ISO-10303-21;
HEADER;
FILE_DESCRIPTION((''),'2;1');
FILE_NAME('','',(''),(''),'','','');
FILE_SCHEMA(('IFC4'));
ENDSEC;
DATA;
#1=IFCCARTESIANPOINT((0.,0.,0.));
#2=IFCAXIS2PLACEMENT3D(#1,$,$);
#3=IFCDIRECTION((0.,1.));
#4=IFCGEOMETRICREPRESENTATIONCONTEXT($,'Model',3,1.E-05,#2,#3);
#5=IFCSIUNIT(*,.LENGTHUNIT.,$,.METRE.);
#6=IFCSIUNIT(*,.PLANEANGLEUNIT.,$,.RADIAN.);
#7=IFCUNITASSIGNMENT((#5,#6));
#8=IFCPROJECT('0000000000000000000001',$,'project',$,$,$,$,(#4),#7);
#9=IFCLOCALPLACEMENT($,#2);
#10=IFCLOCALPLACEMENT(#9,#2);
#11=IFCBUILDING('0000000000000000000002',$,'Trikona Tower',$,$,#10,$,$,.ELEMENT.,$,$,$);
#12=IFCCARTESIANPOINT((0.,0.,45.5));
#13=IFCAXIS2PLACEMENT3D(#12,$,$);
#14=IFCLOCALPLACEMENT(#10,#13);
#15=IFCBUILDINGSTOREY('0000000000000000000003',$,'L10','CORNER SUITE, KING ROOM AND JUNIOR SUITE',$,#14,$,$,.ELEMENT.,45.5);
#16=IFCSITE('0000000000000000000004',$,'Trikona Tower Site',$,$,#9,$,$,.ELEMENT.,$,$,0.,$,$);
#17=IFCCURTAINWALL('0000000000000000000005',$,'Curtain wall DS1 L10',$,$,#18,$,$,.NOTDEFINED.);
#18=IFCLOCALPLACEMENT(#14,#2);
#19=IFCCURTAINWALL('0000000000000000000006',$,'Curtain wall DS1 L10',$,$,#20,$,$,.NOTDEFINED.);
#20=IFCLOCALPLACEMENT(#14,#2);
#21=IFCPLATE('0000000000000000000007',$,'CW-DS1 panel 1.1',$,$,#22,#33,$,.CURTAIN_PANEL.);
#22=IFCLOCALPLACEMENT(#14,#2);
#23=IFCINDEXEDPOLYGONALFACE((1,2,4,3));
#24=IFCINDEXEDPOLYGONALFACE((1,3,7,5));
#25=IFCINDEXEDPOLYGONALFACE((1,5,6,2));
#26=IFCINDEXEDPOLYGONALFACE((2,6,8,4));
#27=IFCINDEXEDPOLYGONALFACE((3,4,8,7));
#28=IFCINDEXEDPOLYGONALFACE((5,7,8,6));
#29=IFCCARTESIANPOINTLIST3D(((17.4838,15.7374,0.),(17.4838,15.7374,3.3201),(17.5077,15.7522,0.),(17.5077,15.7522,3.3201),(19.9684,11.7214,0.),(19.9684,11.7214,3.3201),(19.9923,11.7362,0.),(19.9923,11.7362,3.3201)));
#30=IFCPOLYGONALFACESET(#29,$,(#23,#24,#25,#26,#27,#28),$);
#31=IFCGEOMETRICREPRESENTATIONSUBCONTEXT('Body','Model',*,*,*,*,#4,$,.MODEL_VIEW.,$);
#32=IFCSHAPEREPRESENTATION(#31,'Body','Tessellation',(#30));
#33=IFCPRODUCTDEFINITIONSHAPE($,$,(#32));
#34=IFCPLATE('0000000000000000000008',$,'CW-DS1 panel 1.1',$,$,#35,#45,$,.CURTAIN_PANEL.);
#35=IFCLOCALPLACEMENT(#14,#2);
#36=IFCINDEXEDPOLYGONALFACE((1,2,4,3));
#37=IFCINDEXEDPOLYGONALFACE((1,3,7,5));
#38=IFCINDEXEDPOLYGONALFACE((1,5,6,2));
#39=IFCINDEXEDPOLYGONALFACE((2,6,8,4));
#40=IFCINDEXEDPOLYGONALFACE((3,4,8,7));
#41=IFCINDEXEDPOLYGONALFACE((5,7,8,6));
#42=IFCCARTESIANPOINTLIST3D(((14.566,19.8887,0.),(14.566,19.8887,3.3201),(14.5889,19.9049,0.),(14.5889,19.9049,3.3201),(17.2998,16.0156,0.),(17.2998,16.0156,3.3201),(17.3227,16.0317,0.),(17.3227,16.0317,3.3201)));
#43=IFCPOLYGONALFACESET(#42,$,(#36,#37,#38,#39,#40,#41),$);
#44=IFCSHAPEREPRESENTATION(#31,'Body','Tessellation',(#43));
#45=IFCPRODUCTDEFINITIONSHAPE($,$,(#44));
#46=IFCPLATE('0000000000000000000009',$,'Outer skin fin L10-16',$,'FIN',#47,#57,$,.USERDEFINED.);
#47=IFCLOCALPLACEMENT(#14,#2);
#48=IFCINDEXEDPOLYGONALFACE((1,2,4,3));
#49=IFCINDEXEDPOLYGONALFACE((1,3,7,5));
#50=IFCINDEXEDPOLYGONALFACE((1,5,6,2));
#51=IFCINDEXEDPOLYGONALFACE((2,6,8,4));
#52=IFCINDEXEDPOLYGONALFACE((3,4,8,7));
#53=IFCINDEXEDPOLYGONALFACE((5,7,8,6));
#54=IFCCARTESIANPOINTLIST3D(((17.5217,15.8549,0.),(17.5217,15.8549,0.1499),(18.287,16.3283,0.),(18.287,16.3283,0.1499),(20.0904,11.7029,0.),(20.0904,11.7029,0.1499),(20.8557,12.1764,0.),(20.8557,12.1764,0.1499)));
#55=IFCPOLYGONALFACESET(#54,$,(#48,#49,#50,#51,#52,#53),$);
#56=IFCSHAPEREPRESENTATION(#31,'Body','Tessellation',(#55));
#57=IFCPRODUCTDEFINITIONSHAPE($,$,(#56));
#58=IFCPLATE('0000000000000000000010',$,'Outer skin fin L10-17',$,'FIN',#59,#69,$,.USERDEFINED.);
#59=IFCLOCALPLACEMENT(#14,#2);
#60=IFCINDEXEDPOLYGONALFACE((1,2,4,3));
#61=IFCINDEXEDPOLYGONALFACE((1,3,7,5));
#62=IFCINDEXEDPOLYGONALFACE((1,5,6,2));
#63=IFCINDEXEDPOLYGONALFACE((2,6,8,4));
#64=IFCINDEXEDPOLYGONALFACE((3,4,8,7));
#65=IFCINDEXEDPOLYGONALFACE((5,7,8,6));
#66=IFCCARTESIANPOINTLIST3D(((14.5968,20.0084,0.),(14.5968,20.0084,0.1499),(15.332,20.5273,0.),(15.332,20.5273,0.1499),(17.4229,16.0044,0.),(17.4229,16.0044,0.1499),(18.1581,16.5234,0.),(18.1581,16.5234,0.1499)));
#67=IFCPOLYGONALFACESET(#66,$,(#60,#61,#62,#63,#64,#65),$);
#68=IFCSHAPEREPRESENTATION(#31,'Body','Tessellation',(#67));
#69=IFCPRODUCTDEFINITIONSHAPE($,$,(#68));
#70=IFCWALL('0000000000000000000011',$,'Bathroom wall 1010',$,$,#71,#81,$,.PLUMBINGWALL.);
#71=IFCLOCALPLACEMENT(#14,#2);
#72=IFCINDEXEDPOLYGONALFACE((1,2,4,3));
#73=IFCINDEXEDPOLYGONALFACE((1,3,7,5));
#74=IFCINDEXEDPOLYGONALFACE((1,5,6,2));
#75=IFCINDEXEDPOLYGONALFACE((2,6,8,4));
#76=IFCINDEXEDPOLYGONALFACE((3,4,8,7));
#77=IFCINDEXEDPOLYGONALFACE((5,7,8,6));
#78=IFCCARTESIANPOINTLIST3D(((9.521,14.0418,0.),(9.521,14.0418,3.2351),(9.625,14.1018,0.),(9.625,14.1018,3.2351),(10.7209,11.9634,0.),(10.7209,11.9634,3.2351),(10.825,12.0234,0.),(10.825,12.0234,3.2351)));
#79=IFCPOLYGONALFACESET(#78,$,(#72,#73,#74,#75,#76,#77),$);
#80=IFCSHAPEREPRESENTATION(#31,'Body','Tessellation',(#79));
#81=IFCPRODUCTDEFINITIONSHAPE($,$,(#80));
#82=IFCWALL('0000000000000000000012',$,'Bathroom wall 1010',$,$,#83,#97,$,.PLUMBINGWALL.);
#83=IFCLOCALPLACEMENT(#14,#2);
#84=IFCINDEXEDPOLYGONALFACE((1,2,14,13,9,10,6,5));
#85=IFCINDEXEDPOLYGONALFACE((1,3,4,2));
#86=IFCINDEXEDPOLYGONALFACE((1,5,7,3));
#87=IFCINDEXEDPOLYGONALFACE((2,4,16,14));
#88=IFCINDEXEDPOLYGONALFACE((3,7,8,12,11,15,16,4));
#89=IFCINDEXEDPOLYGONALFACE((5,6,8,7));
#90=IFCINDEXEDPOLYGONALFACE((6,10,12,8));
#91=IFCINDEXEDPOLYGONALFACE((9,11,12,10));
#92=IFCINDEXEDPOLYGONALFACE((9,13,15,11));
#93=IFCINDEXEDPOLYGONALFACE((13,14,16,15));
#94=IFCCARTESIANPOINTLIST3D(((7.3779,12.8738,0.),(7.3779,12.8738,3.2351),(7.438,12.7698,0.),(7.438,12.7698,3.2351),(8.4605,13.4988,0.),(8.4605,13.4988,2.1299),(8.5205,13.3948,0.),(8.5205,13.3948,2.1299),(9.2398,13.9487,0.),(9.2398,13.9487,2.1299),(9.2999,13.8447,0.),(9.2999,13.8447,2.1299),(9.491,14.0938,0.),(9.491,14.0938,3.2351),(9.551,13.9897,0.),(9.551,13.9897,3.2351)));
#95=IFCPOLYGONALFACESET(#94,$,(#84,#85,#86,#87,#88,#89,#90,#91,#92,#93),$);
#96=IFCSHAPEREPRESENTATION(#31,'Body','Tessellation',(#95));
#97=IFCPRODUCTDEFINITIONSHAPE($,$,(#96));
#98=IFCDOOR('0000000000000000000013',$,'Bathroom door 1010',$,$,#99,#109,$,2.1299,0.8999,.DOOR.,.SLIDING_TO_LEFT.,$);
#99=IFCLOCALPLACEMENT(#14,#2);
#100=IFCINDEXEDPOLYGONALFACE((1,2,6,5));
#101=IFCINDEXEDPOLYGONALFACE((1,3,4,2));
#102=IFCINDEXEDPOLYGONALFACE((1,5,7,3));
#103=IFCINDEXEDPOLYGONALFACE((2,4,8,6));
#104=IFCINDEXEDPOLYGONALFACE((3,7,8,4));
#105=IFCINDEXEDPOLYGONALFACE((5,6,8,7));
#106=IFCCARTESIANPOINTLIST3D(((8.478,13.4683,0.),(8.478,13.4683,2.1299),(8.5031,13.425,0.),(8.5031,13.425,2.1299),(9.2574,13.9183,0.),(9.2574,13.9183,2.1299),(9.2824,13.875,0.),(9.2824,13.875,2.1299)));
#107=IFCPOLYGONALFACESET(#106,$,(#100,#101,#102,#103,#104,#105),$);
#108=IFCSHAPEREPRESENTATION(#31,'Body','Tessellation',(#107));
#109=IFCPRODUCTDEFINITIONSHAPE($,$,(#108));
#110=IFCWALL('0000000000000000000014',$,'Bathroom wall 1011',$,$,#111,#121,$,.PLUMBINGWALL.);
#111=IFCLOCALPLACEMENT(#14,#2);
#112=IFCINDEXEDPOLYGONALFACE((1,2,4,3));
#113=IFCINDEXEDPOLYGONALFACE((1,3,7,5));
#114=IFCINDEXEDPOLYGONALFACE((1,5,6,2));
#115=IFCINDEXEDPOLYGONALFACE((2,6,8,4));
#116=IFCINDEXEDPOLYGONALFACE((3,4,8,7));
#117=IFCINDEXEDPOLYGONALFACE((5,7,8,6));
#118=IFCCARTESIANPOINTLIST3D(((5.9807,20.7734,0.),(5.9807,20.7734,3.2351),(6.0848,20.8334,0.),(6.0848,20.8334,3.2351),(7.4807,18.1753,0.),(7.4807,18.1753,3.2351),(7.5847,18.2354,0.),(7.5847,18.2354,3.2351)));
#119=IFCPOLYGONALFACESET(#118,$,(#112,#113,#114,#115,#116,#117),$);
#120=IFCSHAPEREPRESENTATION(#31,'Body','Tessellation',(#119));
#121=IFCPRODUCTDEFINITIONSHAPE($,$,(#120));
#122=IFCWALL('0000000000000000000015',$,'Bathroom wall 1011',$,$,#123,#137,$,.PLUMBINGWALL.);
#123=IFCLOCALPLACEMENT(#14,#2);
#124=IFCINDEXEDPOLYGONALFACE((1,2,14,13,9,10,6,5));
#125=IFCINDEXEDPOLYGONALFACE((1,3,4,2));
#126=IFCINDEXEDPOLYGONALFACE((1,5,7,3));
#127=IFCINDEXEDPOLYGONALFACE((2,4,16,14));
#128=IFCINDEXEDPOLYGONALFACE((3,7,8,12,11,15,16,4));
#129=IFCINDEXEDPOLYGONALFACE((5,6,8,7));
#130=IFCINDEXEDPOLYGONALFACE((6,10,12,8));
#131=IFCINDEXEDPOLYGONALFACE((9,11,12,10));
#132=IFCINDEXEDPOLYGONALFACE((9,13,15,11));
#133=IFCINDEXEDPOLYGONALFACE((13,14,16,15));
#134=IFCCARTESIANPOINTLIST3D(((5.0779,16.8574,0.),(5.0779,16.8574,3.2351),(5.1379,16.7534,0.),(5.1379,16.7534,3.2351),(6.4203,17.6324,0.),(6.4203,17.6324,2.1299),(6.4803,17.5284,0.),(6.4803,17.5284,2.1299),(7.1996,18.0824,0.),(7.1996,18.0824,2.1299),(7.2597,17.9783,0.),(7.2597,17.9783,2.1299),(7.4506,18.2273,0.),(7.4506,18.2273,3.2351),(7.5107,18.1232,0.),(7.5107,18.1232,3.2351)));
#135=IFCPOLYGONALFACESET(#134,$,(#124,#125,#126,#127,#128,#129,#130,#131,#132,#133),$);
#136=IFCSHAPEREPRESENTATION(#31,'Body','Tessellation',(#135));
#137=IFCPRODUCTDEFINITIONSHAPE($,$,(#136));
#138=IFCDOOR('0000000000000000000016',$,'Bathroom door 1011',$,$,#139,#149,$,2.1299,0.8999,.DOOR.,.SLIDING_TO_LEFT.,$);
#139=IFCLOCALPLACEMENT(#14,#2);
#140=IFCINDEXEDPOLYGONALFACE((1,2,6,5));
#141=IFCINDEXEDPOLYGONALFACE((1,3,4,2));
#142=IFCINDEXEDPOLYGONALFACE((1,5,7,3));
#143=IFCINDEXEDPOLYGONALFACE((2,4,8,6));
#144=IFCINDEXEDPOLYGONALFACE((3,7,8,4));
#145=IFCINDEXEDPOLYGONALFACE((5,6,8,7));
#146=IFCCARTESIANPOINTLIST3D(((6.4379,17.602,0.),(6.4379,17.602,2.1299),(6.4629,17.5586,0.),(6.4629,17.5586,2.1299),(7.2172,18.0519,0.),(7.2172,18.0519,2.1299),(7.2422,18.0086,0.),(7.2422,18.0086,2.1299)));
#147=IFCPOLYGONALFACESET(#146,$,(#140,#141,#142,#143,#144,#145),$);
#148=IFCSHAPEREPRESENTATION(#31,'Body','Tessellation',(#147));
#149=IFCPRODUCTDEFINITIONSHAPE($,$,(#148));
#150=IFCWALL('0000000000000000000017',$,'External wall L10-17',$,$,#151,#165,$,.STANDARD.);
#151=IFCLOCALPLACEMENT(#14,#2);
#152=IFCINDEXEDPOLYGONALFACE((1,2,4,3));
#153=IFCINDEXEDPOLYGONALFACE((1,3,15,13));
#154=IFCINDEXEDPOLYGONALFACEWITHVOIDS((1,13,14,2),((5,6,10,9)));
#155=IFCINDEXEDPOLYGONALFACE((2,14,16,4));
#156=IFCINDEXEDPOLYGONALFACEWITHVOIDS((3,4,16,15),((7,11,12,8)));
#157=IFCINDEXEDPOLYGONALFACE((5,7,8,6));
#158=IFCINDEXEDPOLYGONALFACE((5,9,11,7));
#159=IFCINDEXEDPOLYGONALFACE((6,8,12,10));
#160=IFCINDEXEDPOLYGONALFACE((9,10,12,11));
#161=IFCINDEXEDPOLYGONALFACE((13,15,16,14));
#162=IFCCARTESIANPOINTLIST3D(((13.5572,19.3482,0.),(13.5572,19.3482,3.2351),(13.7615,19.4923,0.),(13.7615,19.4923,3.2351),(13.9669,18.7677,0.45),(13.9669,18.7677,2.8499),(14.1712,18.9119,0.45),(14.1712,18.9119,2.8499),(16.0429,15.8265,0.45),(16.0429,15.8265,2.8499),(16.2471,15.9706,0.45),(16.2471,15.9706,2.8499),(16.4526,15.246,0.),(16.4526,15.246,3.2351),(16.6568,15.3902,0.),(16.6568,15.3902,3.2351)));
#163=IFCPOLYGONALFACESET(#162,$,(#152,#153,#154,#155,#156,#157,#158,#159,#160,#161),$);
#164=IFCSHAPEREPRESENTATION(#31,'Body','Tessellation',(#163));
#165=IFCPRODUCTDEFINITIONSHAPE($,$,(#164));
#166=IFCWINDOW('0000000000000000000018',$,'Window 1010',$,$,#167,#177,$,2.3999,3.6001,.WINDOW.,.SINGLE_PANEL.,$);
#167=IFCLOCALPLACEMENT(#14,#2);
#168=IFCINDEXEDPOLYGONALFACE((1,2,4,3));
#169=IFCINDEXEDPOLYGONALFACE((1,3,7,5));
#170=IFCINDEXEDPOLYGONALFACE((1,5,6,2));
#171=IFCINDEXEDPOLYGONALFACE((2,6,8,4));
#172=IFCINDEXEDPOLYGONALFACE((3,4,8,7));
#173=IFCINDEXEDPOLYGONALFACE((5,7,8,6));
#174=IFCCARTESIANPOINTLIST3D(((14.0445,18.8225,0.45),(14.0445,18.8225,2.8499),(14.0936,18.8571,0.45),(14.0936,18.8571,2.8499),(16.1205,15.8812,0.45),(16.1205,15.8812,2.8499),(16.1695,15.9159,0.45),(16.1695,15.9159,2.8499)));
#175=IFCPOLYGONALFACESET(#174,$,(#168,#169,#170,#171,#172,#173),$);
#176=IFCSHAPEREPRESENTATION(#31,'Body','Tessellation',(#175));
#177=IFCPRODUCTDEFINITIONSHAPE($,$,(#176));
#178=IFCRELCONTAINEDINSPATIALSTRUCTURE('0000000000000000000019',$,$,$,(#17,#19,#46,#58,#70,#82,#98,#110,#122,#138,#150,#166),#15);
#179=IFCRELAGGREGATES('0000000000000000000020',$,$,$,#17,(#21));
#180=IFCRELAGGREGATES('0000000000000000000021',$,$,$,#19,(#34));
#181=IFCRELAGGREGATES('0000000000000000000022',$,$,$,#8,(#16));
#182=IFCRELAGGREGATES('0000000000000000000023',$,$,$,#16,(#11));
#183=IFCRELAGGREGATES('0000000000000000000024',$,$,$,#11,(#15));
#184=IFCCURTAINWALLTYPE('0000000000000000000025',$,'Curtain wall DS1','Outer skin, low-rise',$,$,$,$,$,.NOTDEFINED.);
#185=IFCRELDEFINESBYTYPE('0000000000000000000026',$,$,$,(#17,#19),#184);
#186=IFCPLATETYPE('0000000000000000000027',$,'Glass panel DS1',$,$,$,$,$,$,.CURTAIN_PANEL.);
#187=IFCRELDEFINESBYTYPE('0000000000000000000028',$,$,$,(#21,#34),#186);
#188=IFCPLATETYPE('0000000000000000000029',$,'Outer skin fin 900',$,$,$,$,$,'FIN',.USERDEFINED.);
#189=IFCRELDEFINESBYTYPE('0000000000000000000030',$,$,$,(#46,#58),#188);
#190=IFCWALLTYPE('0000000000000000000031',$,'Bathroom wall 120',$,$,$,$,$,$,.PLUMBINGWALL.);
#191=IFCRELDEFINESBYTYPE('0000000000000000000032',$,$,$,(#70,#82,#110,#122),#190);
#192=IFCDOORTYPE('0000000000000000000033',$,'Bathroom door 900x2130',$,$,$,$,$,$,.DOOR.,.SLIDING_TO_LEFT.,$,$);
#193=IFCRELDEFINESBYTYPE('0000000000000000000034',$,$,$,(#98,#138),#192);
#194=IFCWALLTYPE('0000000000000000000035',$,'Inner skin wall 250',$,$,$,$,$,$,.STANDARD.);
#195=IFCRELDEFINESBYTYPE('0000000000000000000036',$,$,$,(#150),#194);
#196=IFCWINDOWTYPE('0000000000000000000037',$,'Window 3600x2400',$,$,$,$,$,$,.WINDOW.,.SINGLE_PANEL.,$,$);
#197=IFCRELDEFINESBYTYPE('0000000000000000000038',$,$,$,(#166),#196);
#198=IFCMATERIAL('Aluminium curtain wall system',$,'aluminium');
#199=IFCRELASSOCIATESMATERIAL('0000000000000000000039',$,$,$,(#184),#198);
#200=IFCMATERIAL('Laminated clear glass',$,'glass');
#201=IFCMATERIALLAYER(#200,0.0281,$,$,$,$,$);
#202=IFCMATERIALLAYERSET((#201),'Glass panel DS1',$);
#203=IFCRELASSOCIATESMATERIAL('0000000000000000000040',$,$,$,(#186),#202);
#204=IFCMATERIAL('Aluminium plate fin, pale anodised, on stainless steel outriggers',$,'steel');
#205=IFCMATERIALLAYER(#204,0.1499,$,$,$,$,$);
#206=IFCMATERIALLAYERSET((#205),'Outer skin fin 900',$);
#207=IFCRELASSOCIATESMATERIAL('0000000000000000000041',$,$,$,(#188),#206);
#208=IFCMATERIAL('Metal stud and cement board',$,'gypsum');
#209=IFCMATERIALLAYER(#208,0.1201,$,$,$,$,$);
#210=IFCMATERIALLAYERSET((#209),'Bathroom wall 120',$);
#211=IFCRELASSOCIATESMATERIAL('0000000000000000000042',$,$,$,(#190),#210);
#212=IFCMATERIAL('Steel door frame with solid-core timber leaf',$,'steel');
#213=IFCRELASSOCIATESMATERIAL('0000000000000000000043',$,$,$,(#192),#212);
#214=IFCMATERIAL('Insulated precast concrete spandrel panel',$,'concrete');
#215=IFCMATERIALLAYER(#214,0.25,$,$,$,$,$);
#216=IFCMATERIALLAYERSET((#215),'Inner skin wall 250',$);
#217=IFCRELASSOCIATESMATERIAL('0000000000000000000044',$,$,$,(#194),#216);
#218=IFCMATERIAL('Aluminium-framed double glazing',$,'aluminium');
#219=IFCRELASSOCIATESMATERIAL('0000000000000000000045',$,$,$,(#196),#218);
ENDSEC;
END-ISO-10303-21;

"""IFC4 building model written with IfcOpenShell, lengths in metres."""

from ifc_helpers import new_model, si_unit, direction, frame, frame_2d, origin, origin_2d, place, context, subcontext, project, spatial, rectangle, extrude, material, layer, layer_set, type_object, element, fill, aggregate, save


model = new_model("IFC4")

# Units and contexts
model_context = context("Model", 3, precision=1e-05, world=origin(), true_north=direction((0.0, 1.0)))
body_context = subcontext(model_context, "Body", "Model", "MODEL_VIEW")
ifc_project = project(units=[si_unit("LENGTHUNIT", "METRE"), si_unit("PLANEANGLEUNIT", "RADIAN")], contexts=[model_context])

# Site, building, storey
site_placement = place(None, origin())
site = spatial("IfcSite", under=ifc_project, at=site_placement, Name="Trikona Tower Site", CompositionType="ELEMENT", RefElevation=0.0)
building_placement = place(site_placement, origin())
building = spatial("IfcBuilding", under=site, at=building_placement, Name="Trikona Tower", CompositionType="ELEMENT")
storey_placement = place(building_placement, frame((0.0, 0.0, 45.5)))
storey = spatial("IfcBuildingStorey", under=building, at=storey_placement, Name="L10", Description="CORNER SUITE, KING ROOM AND JUNIOR SUITE", CompositionType="ELEMENT", Elevation=45.5)

# Curtain wall
ifc_material_1 = material(Name="Aluminium curtain wall system", Category="aluminium")
curtain_wall_type = type_object("IfcCurtainWallType", Name="Curtain wall DS1", Description="Outer skin, low-rise", PredefinedType="NOTDEFINED", material=ifc_material_1)
curtain_wall_1_placement = place(storey_placement, origin())
curtain_wall_1 = element("IfcCurtainWall", 1, at=curtain_wall_1_placement, inside=storey, type_object=curtain_wall_type, Name="Curtain wall DS1 L10", PredefinedType="NOTDEFINED")

# Curtain wall
curtain_wall_2_placement = place(storey_placement, origin())
curtain_wall_2 = element("IfcCurtainWall", 2, at=curtain_wall_2_placement, inside=storey, type_object=curtain_wall_type, Name="Curtain wall DS1 L10", PredefinedType="NOTDEFINED")

# Plates
ifc_material_2 = material(Name="Laminated clear glass", Category="glass")
ifc_layer_1 = layer(ifc_material_2, 0.0281)
ifc_layer_set_1 = layer_set([ifc_layer_1], Name="Glass panel DS1")
plate_type_1 = type_object("IfcPlateType", Name="Glass panel DS1", PredefinedType="CURTAIN_PANEL", material=ifc_layer_set_1)
plate_1_placement = place(storey_placement, frame((18.738, 13.7368, 0.0), z_axis=(0.0, 0.0, 1.0), x_axis=(-0.52612, 0.85041, 0.0)))
plate_1 = element("IfcPlate", 3, at=plate_1_placement, type_object=plate_type_1, Name="CW-DS1 panel 1.1", PredefinedType="CURTAIN_PANEL", context=body_context, shape_type="SweptSolid", body=[
    extrude(rectangle(XDim=4.7224, YDim=0.0281, at=origin_2d()), origin(), (0.0, 0.0, 1.0), 3.3201),
])
aggregate(curtain_wall_1, [plate_1])
plate_2_placement = place(storey_placement, frame((15.9443, 17.9602, 0.0), z_axis=(0.0, 0.0, 1.0), x_axis=(-0.576658, 0.816985, 0.0)))
plate_2 = element("IfcPlate", 4, at=plate_2_placement, type_object=plate_type_1, Name="CW-DS1 panel 1.1", PredefinedType="CURTAIN_PANEL", context=body_context, shape_type="SweptSolid", body=[
    extrude(rectangle(XDim=4.7407, YDim=0.0281, at=origin_2d()), origin(), (0.0, 0.0, 1.0), 3.3201),
])
aggregate(curtain_wall_2, [plate_2])

# Plates
ifc_material_3 = material(Name="Aluminium plate fin, pale anodised, on stainless steel outriggers", Category="steel")
ifc_layer_2 = layer(ifc_material_3, 0.1499)
ifc_layer_set_2 = layer_set([ifc_layer_2], Name="Outer skin fin 900")
plate_type_2 = type_object("IfcPlateType", Name="Outer skin fin 900", ElementType="FIN", PredefinedType="USERDEFINED", material=ifc_layer_set_2)
plate_3_placement = place(storey_placement, frame((19.1887, 14.0156, 0.0), z_axis=(0.0, 0.0, 1.0), x_axis=(-0.526119, 0.850411, 0.0)))
element("IfcPlate", 5, at=plate_3_placement, inside=storey, type_object=plate_type_2, Name="Outer skin fin L10-16", ObjectType="FIN", PredefinedType="USERDEFINED", context=body_context, shape_type="SweptSolid", body=[
    extrude(rectangle(XDim=4.8823, YDim=0.8999, at=origin_2d()), origin(), (0.0, 0.0, 1.0), 0.1499),
])
plate_4_placement = place(storey_placement, frame((16.3774, 18.2659, 0.0), z_axis=(0.0, 0.0, 1.0), x_axis=(-0.576662, 0.816983, 0.0)))
element("IfcPlate", 6, at=plate_4_placement, inside=storey, type_object=plate_type_2, Name="Outer skin fin L10-17", ObjectType="FIN", PredefinedType="USERDEFINED", context=body_context, shape_type="SweptSolid", body=[
    extrude(rectangle(XDim=4.9009, YDim=0.8999, at=origin_2d()), origin(), (0.0, 0.0, 1.0), 0.1499),
])

# Wall
ifc_material_4 = material(Name="Metal stud and cement board", Category="gypsum")
ifc_layer_3 = layer(ifc_material_4, 0.1201)
ifc_layer_set_3 = layer_set([ifc_layer_3], Name="Bathroom wall 120")
wall_type_1 = type_object("IfcWallType", Name="Bathroom wall 120", PredefinedType="PLUMBINGWALL", material=ifc_layer_set_3)
wall_1_placement = place(storey_placement, frame((10.7729, 11.9934, 0.0), z_axis=(0.0, 0.0, 1.0), x_axis=(-0.500001, 0.866025, 0.0)))
element("IfcWall", 7, at=wall_1_placement, inside=storey, type_object=wall_type_1, Name="Bathroom wall 1010", PredefinedType="PLUMBINGWALL", context=body_context, shape_type="SweptSolid", body=[
    extrude(rectangle(XDim=2.3999, YDim=0.1201, at=frame_2d((1.2, 0.0))), origin(), (0.0, 0.0, 1.0), 3.2351),
])

# Wall, opening, door
wall_2_placement = place(storey_placement, frame((7.408, 12.8218, 0.0), z_axis=(0.0, 0.0, 1.0), x_axis=(0.866024, 0.500003, 0.0)))
wall_2 = element("IfcWall", 8, at=wall_2_placement, inside=storey, type_object=wall_type_1, Name="Bathroom wall 1010", PredefinedType="PLUMBINGWALL", context=body_context, shape_type="SweptSolid", body=[
    extrude(rectangle(XDim=2.4399, YDim=0.1201, at=frame_2d((1.22, 0.0))), origin(), (0.0, 0.0, 1.0), 3.2351),
])
opening_1_placement = place(wall_2_placement, frame((1.25, 0.0, 0.0)))
opening_1 = element("IfcOpeningElement", 9, at=opening_1_placement, cuts=wall_2, PredefinedType="OPENING", context=body_context, shape_type="SweptSolid", body=[
    extrude(rectangle(XDim=0.8999, YDim=2.1299, at=frame_2d((0.45, 1.0649))), frame((0.0, 0.0701, 0.0), z_axis=(0.0, -1.0, 0.0), x_axis=(1.0, 0.0, 0.0)), (0.0, 0.0, 1.0), 0.1401),
])
ifc_material_5 = material(Name="Steel door frame with solid-core timber leaf", Category="steel")
door_type_1 = type_object("IfcDoorType", Name="Bathroom door 900x2130", OperationType="SLIDING_TO_LEFT", PredefinedType="DOOR", material=ifc_material_5)
door_1_placement = place(opening_1_placement, origin())
door_1 = element("IfcDoor", 10, at=door_1_placement, inside=storey, type_object=door_type_1, Name="Bathroom door 1010", OperationType="SLIDING_TO_LEFT", OverallHeight=2.1299, OverallWidth=0.8999, PredefinedType="DOOR", context=body_context, shape_type="SweptSolid", body=[
    extrude(rectangle(XDim=0.8999, YDim=2.1299, at=frame_2d((0.45, 1.0649))), frame((0.0, 0.0249, 0.0), z_axis=(0.0, -1.0, 0.0), x_axis=(1.0, 0.0, 0.0)), (0.0, 0.0, 1.0), 0.05),
])
fill(opening_1, door_1)

# Wall
wall_3_placement = place(storey_placement, frame((7.5327, 18.2053, 0.0), z_axis=(0.0, 0.0, 1.0), x_axis=(-0.49999, 0.866031, 0.0)))
element("IfcWall", 11, at=wall_3_placement, inside=storey, type_object=wall_type_1, Name="Bathroom wall 1011", PredefinedType="PLUMBINGWALL", context=body_context, shape_type="SweptSolid", body=[
    extrude(rectangle(XDim=3.0, YDim=0.1201, at=frame_2d((1.5, 0.0))), origin(), (0.0, 0.0, 1.0), 3.2351),
])

# Wall, opening, door
wall_4_placement = place(storey_placement, frame((5.1079, 16.8054, 0.0), z_axis=(0.0, 0.0, 1.0), x_axis=(0.866036, 0.499982, 0.0)))
wall_4 = element("IfcWall", 12, at=wall_4_placement, inside=storey, type_object=wall_type_1, Name="Bathroom wall 1011", PredefinedType="PLUMBINGWALL", context=body_context, shape_type="SweptSolid", body=[
    extrude(rectangle(XDim=2.7397, YDim=0.1201, at=frame_2d((1.3699, 0.0))), origin(), (0.0, 0.0, 1.0), 3.2351),
])
opening_2_placement = place(wall_4_placement, frame((1.55, 0.0, 0.0)))
opening_2 = element("IfcOpeningElement", 13, at=opening_2_placement, cuts=wall_4, PredefinedType="OPENING", context=body_context, shape_type="SweptSolid", body=[
    extrude(rectangle(XDim=0.8999, YDim=2.1299, at=frame_2d((0.45, 1.0649))), frame((0.0, 0.0701, 0.0), z_axis=(0.0, -1.0, 0.0), x_axis=(1.0, 0.0, 0.0)), (0.0, 0.0, 1.0), 0.1401),
])
door_2_placement = place(opening_2_placement, origin())
door_2 = element("IfcDoor", 14, at=door_2_placement, inside=storey, type_object=door_type_1, Name="Bathroom door 1011", OperationType="SLIDING_TO_LEFT", OverallHeight=2.1299, OverallWidth=0.8999, PredefinedType="DOOR", context=body_context, shape_type="SweptSolid", body=[
    extrude(rectangle(XDim=0.8999, YDim=2.1299, at=frame_2d((0.45, 1.0649))), frame((0.0, 0.0249, 0.0), z_axis=(0.0, -1.0, 0.0), x_axis=(1.0, 0.0, 0.0)), (0.0, 0.0, 1.0), 0.05),
])
fill(opening_2, door_2)

# Wall, opening, window
ifc_material_6 = material(Name="Insulated precast concrete spandrel panel", Category="concrete")
ifc_layer_4 = layer(ifc_material_6, 0.25)
ifc_layer_set_4 = layer_set([ifc_layer_4], Name="Inner skin wall 250")
wall_type_2 = type_object("IfcWallType", Name="Inner skin wall 250", PredefinedType="STANDARD", material=ifc_layer_set_4)
wall_5_placement = place(storey_placement, frame((16.5547, 15.3181, 0.0), z_axis=(0.0, 0.0, 1.0), x_axis=(-0.576643, 0.816996, 0.0)))
wall_5 = element("IfcWall", 15, at=wall_5_placement, inside=storey, type_object=wall_type_2, Name="External wall L10-17", PredefinedType="STANDARD", context=body_context, shape_type="SweptSolid", body=[
    extrude(rectangle(XDim=5.021, YDim=0.25, at=frame_2d((2.5105, 0.0))), origin(), (0.0, 0.0, 1.0), 3.2351),
])
opening_3_placement = place(wall_5_placement, frame((0.7104, 0.0, 0.45)))
opening_3 = element("IfcOpeningElement", 16, at=opening_3_placement, cuts=wall_5, PredefinedType="OPENING", context=body_context, shape_type="SweptSolid", body=[
    extrude(rectangle(XDim=3.6001, YDim=2.3999, at=frame_2d((1.8, 1.2))), frame((0.0, 0.135, 0.0), z_axis=(0.0, -1.0, 0.0), x_axis=(1.0, 0.0, 0.0)), (0.0, 0.0, 1.0), 0.27),
])
ifc_material_7 = material(Name="Aluminium-framed double glazing", Category="aluminium")
window_type = type_object("IfcWindowType", Name="Window 3600x2400", PartitioningType="SINGLE_PANEL", PredefinedType="WINDOW", material=ifc_material_7)
window_1_placement = place(opening_3_placement, origin())
window_1 = element("IfcWindow", 17, at=window_1_placement, inside=storey, type_object=window_type, Name="Window 1010", OverallHeight=2.3999, OverallWidth=3.6001, PartitioningType="SINGLE_PANEL", PredefinedType="WINDOW", context=body_context, shape_type="SweptSolid", body=[
    extrude(rectangle(XDim=3.6001, YDim=2.3999, at=frame_2d((1.8, 1.2))), frame((0.0, 0.03, 0.0), z_axis=(0.0, -1.0, 0.0), x_axis=(1.0, 0.0, 0.0)), (0.0, 0.0, 1.0), 0.0601),
])
fill(opening_3, window_1)

save(model, "model.ifc")
